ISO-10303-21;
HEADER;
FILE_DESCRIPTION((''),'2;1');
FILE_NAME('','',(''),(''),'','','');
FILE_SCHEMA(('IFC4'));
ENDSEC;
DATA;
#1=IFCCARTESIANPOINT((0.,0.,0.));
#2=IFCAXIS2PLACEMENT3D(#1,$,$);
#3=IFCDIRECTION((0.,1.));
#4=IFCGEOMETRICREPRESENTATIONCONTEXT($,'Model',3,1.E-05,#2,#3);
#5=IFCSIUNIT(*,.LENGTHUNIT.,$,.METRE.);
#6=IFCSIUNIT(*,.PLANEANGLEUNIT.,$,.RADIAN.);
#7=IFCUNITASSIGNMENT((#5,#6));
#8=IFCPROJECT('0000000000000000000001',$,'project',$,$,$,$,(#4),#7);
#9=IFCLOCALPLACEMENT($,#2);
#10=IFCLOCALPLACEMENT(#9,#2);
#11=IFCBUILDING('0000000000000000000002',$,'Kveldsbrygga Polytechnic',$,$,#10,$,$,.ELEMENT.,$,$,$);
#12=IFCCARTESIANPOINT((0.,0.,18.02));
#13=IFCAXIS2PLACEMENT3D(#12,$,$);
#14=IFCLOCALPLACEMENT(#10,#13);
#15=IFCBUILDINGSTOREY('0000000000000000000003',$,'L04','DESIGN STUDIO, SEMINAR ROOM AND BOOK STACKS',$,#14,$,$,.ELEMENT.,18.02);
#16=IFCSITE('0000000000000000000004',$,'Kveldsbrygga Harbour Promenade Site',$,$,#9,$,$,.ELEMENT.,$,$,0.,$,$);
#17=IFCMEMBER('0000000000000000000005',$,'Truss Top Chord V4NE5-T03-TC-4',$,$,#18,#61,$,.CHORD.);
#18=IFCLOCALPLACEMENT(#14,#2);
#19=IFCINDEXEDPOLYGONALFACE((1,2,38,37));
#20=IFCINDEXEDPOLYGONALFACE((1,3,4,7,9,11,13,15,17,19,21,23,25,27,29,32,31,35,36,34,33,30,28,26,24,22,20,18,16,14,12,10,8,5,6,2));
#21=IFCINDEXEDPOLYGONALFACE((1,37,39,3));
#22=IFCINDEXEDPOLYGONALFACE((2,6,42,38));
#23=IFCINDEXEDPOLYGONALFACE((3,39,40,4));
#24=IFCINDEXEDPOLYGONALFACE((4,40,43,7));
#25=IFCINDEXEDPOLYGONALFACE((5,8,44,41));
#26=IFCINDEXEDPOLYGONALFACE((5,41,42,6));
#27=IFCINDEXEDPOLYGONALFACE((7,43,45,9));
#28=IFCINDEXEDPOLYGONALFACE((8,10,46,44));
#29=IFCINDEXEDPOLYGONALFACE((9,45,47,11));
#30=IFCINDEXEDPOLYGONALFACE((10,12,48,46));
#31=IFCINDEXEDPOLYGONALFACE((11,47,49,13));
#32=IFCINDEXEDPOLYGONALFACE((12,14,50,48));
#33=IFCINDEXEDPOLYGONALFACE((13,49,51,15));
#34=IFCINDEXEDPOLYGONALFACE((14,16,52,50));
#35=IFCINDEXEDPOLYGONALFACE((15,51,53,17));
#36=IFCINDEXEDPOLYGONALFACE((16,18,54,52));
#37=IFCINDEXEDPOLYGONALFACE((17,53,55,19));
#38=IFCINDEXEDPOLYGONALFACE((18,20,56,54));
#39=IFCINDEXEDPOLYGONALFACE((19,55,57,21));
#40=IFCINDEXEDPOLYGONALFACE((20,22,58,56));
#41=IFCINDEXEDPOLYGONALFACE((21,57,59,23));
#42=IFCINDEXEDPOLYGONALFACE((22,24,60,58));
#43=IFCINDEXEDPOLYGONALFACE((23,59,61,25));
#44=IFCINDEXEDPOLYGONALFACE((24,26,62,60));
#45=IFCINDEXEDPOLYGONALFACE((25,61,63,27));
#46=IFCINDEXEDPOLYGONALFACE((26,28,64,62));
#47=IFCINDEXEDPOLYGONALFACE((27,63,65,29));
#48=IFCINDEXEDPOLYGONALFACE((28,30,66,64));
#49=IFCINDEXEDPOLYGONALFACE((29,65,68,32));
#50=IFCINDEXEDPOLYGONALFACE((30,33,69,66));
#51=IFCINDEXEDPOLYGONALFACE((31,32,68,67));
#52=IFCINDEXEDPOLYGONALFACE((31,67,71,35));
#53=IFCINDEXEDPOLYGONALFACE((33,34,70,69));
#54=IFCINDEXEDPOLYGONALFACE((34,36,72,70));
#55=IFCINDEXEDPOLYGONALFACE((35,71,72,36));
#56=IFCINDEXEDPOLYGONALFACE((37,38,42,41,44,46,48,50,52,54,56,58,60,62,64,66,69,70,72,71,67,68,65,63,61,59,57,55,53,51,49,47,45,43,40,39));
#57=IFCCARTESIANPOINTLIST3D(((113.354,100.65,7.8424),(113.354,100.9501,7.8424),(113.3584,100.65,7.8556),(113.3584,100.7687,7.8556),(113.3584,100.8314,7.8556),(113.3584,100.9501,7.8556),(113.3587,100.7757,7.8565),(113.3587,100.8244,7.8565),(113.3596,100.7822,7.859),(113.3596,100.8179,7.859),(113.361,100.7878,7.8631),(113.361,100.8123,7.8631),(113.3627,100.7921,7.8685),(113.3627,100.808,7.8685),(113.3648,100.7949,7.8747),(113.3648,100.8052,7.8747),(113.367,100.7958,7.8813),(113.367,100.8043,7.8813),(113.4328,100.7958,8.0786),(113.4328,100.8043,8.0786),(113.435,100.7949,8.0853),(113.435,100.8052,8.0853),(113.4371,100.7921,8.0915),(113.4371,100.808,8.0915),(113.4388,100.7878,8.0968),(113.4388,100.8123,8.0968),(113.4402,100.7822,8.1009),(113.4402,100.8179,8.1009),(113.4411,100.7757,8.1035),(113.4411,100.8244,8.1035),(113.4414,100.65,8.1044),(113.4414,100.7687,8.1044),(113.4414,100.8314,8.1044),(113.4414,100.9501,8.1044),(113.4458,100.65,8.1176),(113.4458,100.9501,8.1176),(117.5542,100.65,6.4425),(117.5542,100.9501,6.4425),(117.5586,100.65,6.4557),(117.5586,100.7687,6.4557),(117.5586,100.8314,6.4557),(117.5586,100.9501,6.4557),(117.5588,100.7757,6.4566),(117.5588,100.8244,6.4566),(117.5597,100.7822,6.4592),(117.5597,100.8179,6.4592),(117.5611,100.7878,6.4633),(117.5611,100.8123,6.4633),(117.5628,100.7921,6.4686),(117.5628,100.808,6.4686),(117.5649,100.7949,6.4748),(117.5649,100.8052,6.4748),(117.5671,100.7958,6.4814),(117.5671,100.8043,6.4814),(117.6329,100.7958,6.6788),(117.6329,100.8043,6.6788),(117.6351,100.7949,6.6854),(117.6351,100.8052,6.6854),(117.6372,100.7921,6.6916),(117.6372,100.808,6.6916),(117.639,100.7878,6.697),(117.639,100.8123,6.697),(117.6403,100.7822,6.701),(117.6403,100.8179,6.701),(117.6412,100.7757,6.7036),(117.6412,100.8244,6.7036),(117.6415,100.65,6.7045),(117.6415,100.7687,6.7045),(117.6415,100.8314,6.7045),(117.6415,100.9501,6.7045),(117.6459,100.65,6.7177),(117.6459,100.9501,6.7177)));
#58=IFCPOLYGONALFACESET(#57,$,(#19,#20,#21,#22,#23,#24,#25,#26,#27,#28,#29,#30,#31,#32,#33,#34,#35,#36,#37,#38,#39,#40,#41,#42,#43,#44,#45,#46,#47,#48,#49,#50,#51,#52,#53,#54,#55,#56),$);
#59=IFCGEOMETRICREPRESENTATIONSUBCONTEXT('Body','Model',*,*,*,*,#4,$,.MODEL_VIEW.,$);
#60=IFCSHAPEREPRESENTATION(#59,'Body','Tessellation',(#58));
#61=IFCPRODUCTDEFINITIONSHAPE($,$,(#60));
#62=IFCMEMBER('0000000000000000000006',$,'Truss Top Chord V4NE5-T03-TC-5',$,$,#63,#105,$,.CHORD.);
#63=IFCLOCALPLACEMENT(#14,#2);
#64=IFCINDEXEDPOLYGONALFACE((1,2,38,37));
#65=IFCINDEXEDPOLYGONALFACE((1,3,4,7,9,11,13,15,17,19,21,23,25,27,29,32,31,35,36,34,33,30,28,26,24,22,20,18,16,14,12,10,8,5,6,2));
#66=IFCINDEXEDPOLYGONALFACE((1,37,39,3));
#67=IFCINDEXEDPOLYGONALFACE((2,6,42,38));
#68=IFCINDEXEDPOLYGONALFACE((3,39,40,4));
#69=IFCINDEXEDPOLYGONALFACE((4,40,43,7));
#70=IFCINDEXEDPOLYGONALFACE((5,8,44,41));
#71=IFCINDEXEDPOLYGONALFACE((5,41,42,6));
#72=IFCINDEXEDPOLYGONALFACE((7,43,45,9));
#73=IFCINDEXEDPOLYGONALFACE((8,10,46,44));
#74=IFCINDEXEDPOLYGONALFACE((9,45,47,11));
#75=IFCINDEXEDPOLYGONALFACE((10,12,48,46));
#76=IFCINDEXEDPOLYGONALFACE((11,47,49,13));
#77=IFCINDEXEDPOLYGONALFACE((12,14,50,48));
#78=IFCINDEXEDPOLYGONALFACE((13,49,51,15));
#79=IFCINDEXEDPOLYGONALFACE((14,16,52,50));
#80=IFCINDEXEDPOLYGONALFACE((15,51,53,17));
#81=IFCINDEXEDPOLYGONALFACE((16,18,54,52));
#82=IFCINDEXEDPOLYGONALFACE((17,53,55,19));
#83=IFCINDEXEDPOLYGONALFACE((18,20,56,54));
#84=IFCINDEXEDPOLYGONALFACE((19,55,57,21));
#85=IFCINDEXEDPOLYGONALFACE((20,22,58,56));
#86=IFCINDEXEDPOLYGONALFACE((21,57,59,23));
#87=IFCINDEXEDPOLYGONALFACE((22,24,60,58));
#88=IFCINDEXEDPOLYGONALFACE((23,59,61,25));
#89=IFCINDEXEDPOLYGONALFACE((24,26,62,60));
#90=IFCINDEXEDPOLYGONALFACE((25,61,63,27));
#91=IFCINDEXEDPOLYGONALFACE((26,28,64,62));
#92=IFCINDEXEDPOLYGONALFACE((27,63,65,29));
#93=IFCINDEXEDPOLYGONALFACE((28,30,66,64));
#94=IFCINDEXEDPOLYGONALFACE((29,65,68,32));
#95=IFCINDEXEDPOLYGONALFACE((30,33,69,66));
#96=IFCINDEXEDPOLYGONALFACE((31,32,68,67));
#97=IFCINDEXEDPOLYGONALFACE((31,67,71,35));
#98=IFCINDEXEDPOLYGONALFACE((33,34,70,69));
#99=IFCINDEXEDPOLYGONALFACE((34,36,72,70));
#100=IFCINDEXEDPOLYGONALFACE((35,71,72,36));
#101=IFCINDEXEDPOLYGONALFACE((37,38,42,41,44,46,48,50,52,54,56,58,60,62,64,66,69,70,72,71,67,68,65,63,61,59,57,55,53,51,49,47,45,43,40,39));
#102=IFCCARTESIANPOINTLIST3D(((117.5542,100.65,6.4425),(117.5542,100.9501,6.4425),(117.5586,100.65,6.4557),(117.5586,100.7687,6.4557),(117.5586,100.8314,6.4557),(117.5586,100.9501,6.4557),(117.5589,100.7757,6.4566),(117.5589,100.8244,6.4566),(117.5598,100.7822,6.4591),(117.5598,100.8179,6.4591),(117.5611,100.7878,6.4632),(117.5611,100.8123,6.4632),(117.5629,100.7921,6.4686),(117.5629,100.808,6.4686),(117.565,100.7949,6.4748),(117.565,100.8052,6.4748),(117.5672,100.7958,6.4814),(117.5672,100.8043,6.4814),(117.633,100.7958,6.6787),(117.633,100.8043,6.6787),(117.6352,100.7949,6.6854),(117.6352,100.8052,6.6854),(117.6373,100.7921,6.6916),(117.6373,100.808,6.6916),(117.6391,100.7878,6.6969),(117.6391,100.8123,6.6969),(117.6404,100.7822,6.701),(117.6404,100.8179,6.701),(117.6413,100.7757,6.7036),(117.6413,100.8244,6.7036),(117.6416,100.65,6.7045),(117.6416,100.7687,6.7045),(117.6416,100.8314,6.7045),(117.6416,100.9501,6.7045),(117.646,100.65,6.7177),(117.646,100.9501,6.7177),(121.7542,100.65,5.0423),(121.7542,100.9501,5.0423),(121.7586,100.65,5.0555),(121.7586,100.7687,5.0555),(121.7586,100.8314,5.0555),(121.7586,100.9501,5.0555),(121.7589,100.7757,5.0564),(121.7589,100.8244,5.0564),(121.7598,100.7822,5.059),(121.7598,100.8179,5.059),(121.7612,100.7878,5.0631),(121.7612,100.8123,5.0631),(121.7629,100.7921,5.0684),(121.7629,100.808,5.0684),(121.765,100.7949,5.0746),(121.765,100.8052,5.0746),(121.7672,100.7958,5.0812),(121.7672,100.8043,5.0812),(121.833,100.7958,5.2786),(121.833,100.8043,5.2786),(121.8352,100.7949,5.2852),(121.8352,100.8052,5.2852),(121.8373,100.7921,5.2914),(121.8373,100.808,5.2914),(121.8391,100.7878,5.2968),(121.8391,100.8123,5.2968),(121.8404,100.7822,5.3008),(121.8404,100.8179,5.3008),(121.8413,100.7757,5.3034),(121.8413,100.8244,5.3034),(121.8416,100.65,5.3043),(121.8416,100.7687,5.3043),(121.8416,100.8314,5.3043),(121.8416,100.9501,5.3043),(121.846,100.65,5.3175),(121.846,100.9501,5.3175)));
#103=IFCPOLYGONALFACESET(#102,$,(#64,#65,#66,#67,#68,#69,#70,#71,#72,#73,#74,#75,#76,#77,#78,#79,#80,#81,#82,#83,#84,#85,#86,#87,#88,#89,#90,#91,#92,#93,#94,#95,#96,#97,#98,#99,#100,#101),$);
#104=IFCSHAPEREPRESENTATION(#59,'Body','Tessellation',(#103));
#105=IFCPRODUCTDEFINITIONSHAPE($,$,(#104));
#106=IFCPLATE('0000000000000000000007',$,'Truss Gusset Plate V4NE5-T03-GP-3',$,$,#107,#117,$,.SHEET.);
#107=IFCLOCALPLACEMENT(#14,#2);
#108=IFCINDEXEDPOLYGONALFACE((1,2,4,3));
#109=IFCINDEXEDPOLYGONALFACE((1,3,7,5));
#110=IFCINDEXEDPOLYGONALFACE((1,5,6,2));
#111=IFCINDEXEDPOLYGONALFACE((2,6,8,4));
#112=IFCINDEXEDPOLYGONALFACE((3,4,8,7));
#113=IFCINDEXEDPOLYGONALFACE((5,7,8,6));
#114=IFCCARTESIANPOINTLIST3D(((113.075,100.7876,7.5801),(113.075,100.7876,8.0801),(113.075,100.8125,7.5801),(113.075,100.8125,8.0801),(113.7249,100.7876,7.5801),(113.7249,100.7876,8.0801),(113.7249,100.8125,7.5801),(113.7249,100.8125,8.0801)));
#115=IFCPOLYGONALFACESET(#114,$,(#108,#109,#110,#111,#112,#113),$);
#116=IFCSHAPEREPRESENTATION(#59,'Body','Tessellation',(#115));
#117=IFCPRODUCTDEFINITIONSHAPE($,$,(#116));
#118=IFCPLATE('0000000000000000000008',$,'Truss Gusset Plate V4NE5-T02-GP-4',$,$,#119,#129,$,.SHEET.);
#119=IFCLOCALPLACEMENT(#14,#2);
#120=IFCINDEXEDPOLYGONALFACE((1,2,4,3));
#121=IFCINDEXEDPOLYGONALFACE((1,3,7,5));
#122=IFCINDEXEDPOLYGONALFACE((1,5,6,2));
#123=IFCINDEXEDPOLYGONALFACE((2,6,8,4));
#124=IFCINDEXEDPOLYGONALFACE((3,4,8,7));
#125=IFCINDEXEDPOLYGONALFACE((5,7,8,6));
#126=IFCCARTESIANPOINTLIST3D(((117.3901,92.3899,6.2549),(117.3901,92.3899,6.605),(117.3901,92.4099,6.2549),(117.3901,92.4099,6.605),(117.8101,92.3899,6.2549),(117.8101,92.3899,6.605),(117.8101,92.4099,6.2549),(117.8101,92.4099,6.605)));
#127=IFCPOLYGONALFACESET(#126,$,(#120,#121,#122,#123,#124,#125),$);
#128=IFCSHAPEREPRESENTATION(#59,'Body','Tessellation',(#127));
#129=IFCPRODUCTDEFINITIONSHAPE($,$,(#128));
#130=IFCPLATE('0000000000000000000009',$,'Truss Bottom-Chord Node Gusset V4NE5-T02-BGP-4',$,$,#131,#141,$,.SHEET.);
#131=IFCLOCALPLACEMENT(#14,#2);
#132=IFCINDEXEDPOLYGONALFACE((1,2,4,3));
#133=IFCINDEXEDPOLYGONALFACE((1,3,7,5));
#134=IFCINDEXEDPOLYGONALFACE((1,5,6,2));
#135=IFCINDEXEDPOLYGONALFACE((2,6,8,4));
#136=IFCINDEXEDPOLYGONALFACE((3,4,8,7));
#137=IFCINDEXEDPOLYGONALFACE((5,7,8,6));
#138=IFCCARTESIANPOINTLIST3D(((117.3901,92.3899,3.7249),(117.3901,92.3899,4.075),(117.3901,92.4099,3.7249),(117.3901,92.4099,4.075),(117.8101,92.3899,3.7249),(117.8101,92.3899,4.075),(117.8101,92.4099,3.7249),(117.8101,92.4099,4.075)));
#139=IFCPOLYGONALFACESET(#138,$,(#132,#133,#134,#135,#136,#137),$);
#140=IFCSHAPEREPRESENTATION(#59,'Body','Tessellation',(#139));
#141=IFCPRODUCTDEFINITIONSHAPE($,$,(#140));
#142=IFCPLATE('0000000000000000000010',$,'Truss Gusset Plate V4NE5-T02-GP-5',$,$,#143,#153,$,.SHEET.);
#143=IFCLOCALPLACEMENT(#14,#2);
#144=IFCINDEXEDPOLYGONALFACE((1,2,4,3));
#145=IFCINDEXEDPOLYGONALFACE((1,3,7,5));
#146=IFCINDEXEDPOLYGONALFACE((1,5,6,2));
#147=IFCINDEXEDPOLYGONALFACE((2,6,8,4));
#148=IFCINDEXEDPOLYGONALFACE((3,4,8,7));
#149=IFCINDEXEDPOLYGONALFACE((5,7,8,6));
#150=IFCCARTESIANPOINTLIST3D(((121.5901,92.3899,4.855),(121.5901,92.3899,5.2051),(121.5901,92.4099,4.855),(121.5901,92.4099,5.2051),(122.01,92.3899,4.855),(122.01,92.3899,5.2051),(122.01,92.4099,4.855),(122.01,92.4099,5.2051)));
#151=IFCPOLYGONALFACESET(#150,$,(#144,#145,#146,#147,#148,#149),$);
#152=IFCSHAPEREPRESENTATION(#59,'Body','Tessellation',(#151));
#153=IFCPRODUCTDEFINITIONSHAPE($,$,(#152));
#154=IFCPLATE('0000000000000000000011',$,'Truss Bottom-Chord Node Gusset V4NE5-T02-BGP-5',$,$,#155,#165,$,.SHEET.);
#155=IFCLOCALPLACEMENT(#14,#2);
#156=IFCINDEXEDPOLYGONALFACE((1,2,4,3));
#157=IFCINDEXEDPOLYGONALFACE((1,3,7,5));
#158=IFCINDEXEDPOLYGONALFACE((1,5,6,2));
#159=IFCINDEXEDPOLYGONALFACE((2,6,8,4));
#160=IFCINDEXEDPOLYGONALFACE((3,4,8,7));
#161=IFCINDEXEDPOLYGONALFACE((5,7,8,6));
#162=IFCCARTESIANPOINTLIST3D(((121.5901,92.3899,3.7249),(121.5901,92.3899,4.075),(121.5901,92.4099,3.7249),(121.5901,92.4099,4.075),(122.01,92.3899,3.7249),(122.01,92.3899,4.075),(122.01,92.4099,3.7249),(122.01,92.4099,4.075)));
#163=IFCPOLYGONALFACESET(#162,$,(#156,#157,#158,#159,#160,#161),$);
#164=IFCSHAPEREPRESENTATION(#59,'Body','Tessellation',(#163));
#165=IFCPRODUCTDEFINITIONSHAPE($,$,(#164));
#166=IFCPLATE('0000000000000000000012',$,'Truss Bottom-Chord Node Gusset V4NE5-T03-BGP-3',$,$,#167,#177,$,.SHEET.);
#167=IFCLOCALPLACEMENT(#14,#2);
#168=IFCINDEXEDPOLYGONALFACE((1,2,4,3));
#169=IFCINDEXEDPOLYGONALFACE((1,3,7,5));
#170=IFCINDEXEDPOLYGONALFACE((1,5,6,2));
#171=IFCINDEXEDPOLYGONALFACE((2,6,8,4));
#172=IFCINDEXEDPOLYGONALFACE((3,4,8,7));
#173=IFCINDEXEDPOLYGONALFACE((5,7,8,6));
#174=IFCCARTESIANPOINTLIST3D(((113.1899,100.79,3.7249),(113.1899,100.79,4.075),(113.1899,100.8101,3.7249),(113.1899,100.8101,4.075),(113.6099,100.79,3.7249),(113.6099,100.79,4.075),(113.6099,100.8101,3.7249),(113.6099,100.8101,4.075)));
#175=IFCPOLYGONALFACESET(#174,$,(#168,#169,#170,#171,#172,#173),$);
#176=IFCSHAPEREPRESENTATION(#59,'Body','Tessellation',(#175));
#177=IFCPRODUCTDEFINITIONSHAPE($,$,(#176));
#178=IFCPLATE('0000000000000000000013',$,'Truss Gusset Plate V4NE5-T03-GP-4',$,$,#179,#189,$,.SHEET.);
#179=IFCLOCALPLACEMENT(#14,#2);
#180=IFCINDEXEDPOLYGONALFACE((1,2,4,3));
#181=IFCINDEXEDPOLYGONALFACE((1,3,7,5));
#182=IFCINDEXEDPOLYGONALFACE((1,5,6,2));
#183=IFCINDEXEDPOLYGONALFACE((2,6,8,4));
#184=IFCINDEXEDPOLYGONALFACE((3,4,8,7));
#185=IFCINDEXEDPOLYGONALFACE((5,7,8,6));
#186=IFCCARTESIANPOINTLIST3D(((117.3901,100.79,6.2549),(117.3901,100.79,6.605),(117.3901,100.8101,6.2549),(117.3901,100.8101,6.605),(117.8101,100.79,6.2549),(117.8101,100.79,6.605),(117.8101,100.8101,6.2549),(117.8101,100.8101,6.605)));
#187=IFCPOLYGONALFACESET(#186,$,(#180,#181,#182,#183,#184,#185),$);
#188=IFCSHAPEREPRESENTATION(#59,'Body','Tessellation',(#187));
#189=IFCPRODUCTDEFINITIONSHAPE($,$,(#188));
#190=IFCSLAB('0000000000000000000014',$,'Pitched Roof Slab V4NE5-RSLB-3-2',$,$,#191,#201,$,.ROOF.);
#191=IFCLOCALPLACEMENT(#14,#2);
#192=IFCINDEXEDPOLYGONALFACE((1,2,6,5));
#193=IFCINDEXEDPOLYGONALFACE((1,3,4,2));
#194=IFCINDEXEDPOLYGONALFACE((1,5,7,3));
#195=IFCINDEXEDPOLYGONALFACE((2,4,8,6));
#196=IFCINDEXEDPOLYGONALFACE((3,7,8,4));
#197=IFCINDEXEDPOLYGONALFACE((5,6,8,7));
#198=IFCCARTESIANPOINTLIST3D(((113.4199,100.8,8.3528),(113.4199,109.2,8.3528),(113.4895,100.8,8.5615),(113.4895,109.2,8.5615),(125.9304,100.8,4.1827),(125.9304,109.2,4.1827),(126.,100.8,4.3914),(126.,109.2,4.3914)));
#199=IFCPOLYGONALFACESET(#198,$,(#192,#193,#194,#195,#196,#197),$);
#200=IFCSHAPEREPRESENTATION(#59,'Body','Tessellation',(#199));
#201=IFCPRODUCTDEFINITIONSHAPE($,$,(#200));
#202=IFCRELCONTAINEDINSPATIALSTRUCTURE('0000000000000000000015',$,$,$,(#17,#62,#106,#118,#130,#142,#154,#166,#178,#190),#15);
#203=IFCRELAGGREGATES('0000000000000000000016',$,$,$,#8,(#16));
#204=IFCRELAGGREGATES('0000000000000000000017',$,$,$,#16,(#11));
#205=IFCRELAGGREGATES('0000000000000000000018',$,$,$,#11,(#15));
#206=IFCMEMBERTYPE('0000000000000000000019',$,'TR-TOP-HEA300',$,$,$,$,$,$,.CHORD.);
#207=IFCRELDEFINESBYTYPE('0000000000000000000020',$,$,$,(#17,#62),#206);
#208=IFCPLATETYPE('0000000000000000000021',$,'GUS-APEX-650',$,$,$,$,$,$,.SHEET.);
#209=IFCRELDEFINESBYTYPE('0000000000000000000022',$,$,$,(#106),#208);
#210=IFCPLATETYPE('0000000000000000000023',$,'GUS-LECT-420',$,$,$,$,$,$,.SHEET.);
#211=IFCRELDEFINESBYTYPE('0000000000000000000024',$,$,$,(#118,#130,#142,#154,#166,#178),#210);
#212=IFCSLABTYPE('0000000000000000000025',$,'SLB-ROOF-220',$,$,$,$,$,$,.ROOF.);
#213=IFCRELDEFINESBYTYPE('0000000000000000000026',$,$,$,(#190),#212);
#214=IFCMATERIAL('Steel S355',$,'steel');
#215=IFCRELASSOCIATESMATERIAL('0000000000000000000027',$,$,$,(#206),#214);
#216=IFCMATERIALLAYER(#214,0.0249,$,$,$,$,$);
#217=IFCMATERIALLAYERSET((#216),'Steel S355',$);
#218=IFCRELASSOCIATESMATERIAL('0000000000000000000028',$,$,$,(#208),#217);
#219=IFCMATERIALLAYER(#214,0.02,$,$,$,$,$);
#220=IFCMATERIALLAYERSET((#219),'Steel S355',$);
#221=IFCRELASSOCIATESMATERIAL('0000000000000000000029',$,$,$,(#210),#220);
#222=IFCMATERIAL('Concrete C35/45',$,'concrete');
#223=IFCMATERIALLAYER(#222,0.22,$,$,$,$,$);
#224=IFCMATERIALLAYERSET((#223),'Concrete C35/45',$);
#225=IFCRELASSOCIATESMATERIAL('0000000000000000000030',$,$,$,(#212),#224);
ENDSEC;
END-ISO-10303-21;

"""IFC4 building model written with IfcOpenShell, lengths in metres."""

from ifc_helpers import new_model, si_unit, direction, frame, origin, origin_2d, place, context, subcontext, project, spatial, polyline, rectangle, i_section, outline, extrude, material, layer, layer_set, material_profile, profile_set, type_object, element, save


model = new_model("IFC4")

# Units and contexts
model_context = context("Model", 3, precision=1e-05, world=origin(), true_north=direction((0.0, 1.0)))
body_context = subcontext(model_context, "Body", "Model", "MODEL_VIEW")
ifc_project = project(units=[si_unit("LENGTHUNIT", "METRE"), si_unit("PLANEANGLEUNIT", "RADIAN")], contexts=[model_context])

# Site, building, storey
site_placement = place(None, origin())
site = spatial("IfcSite", under=ifc_project, at=site_placement, Name="Kveldsbrygga Harbour Promenade Site", CompositionType="ELEMENT", RefElevation=0.0)
building_placement = place(site_placement, origin())
building = spatial("IfcBuilding", under=site, at=building_placement, Name="Kveldsbrygga Polytechnic", CompositionType="ELEMENT")
storey_placement = place(building_placement, frame((0.0, 0.0, 18.02)))
storey = spatial("IfcBuildingStorey", under=building, at=storey_placement, Name="L04", Description="DESIGN STUDIO, SEMINAR ROOM AND BOOK STACKS", CompositionType="ELEMENT", Elevation=18.02)

# Members
ifc_material_1 = material(Name="Steel S355", Category="steel")
ifc_material_profile_1 = material_profile(ifc_material_1, i_section(OverallWidth=0.3, OverallDepth=0.29, WebThickness=0.0085, FlangeThickness=0.0139, FilletRadius=0.0271, at=origin_2d()), Name="HEA 300")
ifc_profile_set_1 = profile_set([ifc_material_profile_1], Name="Steel S355")
member_type_1 = type_object("IfcMemberType", Name="TR-TOP-HEA300", PredefinedType="CHORD", material=ifc_profile_set_1)
for number, where, z_axis, x_axis, name in (
    (1, (113.3999, 100.8, 7.98), (0.948694, 0.0, -0.316195), (0.0, 1.0, 0.0), "Truss Top Chord V4NE5-T03-TC-4"),
    (2, (117.6001, 100.8, 6.5801), (0.948672, 0.0, -0.316261), (0.0, 1.0, 0.0), "Truss Top Chord V4NE5-T03-TC-5"),
):
    element("IfcMember", number, at=place(storey_placement, frame(where, z_axis=z_axis, x_axis=x_axis)), inside=storey, type_object=member_type_1, Name=name, PredefinedType="CHORD", context=body_context, shape_type="SweptSolid", body=[
        extrude(i_section(OverallWidth=0.3, OverallDepth=0.29, WebThickness=0.0085, FlangeThickness=0.0139, FilletRadius=0.0271, at=origin_2d()), origin(), (0.0, 0.0, 1.0), 4.4272),
    ])

# Plates
ifc_layer_1 = layer(ifc_material_1, 0.0249)
ifc_layer_set_1 = layer_set([ifc_layer_1], Name="Steel S355")
plate_type_1 = type_object("IfcPlateType", Name="GUS-APEX-650", PredefinedType="SHEET", material=ifc_layer_set_1)
plate_placement = place(storey_placement, frame((113.3999, 100.8, 7.5801), z_axis=(0.0, 0.0, 1.0), x_axis=(1.0, 0.0, 0.0)))
element("IfcPlate", 3, at=plate_placement, inside=storey, type_object=plate_type_1, Name="Truss Gusset Plate V4NE5-T03-GP-3", PredefinedType="SHEET", context=body_context, shape_type="SweptSolid", body=[
    extrude(rectangle(XDim=0.6499, YDim=0.0249, at=origin_2d()), origin(), (0.0, 0.0, 1.0), 0.5),
])
ifc_layer_2 = layer(ifc_material_1, 0.02)
ifc_layer_set_2 = layer_set([ifc_layer_2], Name="Steel S355")
plate_type_2 = type_object("IfcPlateType", Name="GUS-LECT-420", PredefinedType="SHEET", material=ifc_layer_set_2)
for number, where, z_axis, x_axis, name in (
    (4, (117.6001, 92.3999, 6.2549), (0.0, 0.0, 1.0), (1.0, 0.0, 0.0), "Truss Gusset Plate V4NE5-T02-GP-4"),
    (5, (117.6001, 92.3999, 3.7249), (0.0, 0.0, 1.0), (1.0, 0.0, 0.0), "Truss Bottom-Chord Node Gusset V4NE5-T02-BGP-4"),
    (6, (121.8, 92.3999, 4.855), (0.0, 0.0, 1.0), (1.0, 0.0, 0.0), "Truss Gusset Plate V4NE5-T02-GP-5"),
    (7, (121.8, 92.3999, 3.7249), (0.0, 0.0, 1.0), (1.0, 0.0, 0.0), "Truss Bottom-Chord Node Gusset V4NE5-T02-BGP-5"),
    (8, (113.3999, 100.8, 3.7249), (0.0, 0.0, 1.0), (1.0, 0.0, 0.0), "Truss Bottom-Chord Node Gusset V4NE5-T03-BGP-3"),
    (9, (117.6001, 100.8, 6.2549), (0.0, 0.0, 1.0), (1.0, 0.0, 0.0), "Truss Gusset Plate V4NE5-T03-GP-4"),
):
    element("IfcPlate", number, at=place(storey_placement, frame(where, z_axis=z_axis, x_axis=x_axis)), inside=storey, type_object=plate_type_2, Name=name, PredefinedType="SHEET", context=body_context, shape_type="SweptSolid", body=[
        extrude(rectangle(XDim=0.4199, YDim=0.02, at=origin_2d()), origin(), (0.0, 0.0, 1.0), 0.3501),
    ])

# Slab
ifc_material_2 = material(Name="Concrete C35/45", Category="concrete")
ifc_layer_3 = layer(ifc_material_2, 0.22)
ifc_layer_set_3 = layer_set([ifc_layer_3], Name="Concrete C35/45")
slab_type = type_object("IfcSlabType", Name="SLB-ROOF-220", PredefinedType="ROOF", material=ifc_layer_set_3)
slab_placement = place(storey_placement, frame((113.4895, 100.8, 8.5615), z_axis=(0.316228, 0.0, 0.948683), x_axis=(0.948683, 0.0, -0.316228)))
element("IfcSlab", 10, at=slab_placement, inside=storey, type_object=slab_type, Name="Pitched Roof Slab V4NE5-RSLB-3-2", PredefinedType="ROOF", context=body_context, shape_type="SweptSolid", body=[
    extrude(outline(polyline([(0.0, 0.0), (13.1872, 0.0), (13.1872, 8.3999), (0.0, 8.3999), (0.0, 0.0)])), origin(), (0.0, 0.0, -1.0), 0.22),
])

save(model, "model.ifc")
